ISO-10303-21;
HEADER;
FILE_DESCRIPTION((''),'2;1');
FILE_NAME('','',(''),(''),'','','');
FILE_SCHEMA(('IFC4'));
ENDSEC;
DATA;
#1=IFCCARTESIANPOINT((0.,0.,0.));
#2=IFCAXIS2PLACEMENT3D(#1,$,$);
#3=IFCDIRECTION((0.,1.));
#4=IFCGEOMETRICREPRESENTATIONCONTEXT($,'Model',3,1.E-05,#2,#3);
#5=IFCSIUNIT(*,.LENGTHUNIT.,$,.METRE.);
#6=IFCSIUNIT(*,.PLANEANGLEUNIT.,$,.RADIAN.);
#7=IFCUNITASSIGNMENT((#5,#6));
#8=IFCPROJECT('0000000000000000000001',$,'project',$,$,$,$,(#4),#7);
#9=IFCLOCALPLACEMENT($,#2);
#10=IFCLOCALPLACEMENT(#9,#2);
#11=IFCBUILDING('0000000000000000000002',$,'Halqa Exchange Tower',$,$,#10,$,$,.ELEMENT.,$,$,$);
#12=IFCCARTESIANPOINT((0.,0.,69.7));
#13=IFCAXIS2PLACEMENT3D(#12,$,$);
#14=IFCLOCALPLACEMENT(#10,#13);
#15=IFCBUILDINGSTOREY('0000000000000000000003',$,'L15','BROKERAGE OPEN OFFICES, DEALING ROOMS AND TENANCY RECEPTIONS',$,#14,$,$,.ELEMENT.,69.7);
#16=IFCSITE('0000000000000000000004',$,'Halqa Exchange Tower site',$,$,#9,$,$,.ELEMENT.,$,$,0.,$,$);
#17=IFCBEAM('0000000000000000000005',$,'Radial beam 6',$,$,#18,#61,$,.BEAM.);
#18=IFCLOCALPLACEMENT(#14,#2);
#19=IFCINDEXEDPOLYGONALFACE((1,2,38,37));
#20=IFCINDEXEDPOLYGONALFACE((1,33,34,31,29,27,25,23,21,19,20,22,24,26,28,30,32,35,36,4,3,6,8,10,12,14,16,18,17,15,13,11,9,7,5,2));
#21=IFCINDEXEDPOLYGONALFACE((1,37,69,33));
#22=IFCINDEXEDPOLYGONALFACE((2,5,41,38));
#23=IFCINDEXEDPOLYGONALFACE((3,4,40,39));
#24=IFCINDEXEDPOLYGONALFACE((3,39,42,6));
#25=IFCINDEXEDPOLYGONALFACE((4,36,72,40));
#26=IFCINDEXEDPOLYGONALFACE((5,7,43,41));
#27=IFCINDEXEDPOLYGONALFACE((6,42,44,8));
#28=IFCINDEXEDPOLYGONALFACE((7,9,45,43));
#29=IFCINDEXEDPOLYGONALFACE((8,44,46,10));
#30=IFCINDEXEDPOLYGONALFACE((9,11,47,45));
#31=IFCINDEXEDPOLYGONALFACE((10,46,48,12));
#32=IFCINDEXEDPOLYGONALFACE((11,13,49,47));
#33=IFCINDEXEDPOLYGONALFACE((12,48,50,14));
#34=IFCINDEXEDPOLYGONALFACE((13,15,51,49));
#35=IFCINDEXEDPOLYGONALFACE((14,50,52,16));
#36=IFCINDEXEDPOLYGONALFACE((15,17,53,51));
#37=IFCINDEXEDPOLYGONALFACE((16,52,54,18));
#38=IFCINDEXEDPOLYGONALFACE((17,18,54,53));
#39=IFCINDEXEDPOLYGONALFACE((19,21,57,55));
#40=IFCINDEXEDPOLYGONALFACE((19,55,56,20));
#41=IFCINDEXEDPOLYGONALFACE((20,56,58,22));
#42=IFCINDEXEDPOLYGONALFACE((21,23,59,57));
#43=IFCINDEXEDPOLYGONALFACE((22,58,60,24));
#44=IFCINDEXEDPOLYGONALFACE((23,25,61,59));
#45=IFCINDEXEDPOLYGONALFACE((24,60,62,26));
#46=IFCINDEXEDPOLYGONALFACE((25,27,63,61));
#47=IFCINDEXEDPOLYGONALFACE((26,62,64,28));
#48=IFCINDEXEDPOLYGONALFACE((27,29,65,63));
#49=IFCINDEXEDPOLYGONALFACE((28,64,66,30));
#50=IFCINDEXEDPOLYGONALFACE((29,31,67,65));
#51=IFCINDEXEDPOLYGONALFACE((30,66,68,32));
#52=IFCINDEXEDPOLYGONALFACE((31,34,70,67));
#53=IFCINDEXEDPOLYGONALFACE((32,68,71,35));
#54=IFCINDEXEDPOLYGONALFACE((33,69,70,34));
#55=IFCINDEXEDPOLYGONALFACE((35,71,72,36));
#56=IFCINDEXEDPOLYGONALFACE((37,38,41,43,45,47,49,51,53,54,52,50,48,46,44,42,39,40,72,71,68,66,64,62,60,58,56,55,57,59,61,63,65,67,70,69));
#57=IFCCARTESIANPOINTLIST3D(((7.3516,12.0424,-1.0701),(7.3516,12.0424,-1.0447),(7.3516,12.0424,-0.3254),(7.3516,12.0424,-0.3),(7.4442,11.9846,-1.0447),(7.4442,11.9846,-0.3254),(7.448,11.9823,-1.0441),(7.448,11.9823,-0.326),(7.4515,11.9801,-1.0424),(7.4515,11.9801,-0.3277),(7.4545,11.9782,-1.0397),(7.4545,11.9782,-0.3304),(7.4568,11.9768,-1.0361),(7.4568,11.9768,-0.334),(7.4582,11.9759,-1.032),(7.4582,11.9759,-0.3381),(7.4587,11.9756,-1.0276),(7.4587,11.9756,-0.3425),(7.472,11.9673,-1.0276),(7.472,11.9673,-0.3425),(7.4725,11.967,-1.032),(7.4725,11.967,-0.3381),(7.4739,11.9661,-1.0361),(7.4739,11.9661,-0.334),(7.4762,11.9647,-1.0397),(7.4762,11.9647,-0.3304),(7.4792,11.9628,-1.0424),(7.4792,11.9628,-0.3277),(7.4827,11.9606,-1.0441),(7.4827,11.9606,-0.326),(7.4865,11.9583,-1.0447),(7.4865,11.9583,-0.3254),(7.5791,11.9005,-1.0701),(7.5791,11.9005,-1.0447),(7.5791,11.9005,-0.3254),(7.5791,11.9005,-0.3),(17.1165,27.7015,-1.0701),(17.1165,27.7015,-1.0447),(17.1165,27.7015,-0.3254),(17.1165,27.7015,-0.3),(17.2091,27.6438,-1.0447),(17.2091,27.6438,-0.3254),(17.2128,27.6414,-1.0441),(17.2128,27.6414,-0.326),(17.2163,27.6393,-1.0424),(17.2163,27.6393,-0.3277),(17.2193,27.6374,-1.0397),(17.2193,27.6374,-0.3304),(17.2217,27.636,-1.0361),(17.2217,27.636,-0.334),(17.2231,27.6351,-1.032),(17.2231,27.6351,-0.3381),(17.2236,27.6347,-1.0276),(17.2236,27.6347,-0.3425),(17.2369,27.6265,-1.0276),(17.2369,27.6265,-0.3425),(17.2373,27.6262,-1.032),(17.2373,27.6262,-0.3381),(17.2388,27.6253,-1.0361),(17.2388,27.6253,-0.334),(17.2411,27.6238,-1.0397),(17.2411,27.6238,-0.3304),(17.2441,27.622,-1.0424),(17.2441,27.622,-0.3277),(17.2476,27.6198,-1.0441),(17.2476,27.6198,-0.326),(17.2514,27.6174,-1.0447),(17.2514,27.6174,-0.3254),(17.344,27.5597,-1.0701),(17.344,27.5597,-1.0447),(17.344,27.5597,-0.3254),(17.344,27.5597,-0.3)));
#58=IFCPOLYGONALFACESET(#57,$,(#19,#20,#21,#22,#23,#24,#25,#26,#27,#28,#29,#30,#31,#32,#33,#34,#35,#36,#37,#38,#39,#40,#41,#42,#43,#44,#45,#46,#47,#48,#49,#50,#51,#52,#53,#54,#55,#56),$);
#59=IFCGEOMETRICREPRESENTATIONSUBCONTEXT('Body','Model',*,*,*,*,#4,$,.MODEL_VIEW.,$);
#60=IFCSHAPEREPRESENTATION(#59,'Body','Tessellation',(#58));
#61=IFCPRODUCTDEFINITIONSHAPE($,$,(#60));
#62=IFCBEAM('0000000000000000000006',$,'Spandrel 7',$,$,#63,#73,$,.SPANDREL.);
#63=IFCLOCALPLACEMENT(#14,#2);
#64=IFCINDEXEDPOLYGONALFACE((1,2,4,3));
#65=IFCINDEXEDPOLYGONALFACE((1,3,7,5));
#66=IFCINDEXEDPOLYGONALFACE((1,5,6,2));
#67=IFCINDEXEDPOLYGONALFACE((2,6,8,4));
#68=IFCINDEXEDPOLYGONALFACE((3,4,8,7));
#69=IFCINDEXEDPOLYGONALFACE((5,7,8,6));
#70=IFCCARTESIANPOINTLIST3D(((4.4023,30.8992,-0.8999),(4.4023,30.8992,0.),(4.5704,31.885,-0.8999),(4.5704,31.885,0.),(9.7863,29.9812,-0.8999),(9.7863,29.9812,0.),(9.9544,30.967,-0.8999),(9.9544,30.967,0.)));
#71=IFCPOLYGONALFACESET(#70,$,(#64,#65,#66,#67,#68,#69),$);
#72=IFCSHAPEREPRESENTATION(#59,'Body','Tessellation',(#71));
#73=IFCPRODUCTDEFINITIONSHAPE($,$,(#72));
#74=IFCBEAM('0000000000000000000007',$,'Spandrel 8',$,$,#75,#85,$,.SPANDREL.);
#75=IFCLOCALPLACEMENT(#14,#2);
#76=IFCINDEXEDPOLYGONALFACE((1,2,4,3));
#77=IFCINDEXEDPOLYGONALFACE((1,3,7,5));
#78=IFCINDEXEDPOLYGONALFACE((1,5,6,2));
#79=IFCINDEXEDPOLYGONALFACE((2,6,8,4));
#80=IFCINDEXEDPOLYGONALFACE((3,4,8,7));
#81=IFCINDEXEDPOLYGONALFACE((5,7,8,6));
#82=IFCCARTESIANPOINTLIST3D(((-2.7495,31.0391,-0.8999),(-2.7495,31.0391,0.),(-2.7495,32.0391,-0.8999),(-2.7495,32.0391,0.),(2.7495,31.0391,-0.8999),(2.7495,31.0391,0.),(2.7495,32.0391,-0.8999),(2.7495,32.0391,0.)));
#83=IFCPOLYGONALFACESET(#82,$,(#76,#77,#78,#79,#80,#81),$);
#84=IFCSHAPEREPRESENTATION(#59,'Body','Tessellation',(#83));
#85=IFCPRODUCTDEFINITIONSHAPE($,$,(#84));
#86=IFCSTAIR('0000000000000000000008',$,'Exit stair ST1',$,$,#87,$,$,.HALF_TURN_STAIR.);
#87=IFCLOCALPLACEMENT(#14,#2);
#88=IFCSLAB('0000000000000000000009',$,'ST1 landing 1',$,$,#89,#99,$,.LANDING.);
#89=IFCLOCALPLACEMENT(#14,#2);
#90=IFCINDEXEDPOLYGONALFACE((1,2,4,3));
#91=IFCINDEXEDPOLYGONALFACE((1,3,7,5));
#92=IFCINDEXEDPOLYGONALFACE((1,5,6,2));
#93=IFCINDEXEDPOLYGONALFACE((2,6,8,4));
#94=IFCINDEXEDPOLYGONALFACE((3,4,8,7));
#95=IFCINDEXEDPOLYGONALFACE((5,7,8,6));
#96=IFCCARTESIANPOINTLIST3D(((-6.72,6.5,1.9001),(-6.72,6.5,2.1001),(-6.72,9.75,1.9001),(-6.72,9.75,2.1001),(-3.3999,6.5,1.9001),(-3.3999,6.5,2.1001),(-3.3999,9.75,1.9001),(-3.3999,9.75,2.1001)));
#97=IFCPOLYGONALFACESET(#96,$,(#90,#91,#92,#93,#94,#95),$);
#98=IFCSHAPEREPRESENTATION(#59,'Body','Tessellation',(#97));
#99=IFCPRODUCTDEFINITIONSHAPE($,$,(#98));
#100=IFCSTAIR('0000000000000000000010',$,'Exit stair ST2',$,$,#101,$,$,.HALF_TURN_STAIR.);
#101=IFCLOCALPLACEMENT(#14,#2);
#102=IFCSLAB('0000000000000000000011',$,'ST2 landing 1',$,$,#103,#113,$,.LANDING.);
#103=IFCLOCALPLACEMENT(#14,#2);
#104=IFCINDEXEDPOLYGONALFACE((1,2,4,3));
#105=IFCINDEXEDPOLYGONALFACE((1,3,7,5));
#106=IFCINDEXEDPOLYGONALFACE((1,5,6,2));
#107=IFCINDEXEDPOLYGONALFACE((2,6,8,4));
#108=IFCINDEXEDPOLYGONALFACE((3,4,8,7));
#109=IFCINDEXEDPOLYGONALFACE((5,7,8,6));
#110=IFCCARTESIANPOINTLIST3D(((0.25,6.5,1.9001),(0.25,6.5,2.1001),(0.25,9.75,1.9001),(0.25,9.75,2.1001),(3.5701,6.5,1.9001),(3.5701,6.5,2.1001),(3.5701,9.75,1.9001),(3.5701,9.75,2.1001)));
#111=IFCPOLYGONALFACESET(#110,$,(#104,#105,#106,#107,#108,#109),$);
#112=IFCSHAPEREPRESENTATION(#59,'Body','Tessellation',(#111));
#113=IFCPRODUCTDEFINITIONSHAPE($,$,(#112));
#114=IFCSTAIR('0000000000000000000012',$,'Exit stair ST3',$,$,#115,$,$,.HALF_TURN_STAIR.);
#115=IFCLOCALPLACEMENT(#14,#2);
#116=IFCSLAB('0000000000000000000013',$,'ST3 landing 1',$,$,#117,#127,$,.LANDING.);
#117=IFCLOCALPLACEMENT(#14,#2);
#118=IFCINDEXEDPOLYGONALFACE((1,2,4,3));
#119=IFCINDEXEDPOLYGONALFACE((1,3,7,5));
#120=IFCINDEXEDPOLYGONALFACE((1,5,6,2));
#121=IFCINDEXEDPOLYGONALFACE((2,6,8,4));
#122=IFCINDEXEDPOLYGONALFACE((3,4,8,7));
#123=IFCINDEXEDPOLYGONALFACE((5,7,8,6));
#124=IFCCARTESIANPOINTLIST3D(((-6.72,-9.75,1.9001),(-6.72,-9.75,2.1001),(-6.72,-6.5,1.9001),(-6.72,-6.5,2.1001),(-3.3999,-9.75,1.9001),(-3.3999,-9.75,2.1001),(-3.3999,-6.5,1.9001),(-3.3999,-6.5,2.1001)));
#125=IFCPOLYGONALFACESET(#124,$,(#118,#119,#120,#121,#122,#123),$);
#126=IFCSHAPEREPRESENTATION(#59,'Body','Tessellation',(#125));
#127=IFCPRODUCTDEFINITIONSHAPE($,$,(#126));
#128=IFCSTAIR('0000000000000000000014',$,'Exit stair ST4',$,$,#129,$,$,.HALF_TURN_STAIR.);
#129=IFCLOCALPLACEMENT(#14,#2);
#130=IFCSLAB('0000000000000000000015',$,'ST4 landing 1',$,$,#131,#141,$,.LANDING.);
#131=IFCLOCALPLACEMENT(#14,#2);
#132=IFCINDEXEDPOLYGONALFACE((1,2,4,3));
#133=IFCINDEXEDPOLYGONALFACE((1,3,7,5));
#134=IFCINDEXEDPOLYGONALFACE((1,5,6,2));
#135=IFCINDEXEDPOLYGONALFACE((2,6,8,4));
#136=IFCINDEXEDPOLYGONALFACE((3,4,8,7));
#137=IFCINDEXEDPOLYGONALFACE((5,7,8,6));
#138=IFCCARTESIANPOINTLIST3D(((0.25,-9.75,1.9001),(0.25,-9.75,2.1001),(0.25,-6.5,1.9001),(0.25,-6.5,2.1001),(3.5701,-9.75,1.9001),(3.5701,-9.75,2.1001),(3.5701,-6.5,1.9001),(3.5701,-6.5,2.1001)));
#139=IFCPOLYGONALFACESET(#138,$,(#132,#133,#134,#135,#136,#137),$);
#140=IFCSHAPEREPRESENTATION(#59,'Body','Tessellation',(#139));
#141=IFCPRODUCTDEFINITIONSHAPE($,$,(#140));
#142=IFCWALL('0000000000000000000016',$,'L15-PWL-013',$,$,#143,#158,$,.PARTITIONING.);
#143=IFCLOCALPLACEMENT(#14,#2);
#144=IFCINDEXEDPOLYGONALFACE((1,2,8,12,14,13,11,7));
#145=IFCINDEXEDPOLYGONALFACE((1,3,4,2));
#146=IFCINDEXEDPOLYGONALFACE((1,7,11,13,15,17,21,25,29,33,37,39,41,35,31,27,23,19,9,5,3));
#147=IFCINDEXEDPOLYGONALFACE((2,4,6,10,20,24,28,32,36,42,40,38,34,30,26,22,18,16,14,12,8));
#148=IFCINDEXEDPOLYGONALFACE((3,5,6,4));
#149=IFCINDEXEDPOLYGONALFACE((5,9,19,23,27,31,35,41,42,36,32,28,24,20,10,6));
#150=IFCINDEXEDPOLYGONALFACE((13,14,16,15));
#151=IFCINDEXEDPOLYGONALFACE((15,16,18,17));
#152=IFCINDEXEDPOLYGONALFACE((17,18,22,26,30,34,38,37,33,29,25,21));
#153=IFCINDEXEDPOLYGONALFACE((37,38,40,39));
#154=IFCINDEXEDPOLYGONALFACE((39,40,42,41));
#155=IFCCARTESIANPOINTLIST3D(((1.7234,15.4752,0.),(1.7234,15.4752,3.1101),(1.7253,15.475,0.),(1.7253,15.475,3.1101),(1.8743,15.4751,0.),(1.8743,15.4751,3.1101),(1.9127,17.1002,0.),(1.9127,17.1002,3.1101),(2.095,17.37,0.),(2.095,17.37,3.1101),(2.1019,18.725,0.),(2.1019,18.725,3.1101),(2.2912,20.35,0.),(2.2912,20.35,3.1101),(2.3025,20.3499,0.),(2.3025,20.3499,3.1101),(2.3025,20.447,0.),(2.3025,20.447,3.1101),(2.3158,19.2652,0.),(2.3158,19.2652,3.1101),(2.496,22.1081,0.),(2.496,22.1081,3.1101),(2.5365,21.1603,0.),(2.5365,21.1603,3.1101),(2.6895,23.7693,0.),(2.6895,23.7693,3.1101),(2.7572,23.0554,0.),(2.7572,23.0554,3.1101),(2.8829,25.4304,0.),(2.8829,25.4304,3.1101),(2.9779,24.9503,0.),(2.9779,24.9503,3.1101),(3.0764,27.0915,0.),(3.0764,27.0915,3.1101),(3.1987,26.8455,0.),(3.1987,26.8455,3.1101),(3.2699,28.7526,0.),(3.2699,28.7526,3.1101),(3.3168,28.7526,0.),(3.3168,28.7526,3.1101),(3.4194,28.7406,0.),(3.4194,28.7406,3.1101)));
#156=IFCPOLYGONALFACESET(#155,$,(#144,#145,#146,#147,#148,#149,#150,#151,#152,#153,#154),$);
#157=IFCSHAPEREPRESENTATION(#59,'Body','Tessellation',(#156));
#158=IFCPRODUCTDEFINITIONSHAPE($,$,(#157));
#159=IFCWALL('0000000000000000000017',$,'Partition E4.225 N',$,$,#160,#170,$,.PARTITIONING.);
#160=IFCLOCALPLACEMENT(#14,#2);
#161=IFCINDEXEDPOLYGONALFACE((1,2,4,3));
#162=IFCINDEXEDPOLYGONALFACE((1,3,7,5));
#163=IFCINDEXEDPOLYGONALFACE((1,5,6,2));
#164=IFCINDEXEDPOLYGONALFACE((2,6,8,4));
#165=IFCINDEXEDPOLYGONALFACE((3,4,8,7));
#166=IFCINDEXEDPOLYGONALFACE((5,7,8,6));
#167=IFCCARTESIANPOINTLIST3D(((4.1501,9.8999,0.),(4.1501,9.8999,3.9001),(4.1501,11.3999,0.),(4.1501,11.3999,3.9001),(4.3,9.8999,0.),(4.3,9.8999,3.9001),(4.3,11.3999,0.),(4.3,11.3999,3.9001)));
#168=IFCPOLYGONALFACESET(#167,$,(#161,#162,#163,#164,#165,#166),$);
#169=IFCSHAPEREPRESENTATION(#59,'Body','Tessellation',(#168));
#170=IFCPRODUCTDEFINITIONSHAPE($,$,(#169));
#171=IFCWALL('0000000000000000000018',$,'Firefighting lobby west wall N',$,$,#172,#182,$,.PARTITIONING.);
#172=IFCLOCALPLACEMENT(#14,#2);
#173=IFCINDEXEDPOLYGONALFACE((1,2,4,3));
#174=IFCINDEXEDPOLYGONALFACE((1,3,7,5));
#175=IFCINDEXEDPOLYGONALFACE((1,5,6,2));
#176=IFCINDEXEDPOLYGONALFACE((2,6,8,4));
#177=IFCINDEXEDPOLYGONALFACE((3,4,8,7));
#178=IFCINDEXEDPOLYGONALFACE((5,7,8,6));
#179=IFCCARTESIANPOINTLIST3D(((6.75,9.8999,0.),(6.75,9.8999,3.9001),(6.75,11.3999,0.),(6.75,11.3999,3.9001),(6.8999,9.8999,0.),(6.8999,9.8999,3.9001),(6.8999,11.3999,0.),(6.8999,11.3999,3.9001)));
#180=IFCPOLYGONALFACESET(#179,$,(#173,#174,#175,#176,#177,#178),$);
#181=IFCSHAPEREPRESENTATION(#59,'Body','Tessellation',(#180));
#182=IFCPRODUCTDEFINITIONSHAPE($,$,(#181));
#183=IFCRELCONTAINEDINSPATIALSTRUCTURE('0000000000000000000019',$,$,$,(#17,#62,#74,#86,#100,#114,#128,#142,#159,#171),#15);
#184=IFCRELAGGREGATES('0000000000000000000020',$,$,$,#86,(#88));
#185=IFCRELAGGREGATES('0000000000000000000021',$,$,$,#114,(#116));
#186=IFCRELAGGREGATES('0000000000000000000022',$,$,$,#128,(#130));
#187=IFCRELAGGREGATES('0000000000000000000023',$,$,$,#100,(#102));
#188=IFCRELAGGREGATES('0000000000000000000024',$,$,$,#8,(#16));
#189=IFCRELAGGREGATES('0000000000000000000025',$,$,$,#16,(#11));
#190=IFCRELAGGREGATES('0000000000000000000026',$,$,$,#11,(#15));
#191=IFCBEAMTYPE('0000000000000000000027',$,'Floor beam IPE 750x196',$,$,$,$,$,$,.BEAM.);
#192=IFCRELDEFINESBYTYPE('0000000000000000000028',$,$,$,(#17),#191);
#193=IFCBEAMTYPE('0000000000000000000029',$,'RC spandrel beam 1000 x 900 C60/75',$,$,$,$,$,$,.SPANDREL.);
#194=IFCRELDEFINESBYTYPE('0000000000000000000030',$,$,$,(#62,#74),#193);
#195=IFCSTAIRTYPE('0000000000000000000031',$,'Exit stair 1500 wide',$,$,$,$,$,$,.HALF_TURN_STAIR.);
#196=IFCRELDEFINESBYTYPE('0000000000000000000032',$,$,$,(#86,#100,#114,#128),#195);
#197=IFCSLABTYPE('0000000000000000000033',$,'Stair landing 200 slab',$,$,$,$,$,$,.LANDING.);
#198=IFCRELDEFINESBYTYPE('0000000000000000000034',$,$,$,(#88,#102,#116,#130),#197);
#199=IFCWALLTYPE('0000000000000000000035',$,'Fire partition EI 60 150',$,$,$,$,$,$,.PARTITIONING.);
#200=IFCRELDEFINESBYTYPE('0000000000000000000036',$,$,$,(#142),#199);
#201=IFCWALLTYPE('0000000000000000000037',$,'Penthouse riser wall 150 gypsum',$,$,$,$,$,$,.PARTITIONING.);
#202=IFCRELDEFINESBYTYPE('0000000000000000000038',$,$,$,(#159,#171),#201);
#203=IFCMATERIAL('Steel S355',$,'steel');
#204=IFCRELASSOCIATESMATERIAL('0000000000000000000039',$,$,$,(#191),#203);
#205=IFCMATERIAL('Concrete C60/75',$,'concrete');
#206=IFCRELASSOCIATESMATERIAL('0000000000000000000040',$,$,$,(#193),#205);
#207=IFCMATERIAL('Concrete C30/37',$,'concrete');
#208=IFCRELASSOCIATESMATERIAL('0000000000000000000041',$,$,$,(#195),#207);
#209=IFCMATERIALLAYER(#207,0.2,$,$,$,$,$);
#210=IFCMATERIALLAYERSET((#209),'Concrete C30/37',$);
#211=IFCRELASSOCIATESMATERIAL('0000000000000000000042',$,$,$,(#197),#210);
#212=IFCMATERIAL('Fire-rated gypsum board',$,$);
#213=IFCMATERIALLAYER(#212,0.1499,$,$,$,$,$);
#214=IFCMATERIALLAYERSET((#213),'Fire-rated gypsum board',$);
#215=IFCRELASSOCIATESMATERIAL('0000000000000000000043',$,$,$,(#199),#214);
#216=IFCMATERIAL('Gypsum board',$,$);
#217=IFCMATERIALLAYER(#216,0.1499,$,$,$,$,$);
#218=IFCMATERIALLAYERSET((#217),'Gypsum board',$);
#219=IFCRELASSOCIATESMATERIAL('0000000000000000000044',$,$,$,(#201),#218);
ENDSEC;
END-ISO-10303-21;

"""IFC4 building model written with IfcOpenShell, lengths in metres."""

from ifc_helpers import new_model, si_unit, direction, frame, frame_2d, origin, origin_2d, place, context, subcontext, project, spatial, polyline, rectangle, i_section, outline, extrude, material, layer, layer_set, material_profile, profile_set, type_object, element, aggregate, save


model = new_model("IFC4")

# Units and contexts
model_context = context("Model", 3, precision=1e-05, world=origin(), true_north=direction((0.0, 1.0)))
body_context = subcontext(model_context, "Body", "Model", "MODEL_VIEW")
ifc_project = project(units=[si_unit("LENGTHUNIT", "METRE"), si_unit("PLANEANGLEUNIT", "RADIAN")], contexts=[model_context])

# Site, building, storey
site_placement = place(None, origin())
site = spatial("IfcSite", under=ifc_project, at=site_placement, Name="Halqa Exchange Tower site", CompositionType="ELEMENT", RefElevation=0.0)
building_placement = place(site_placement, origin())
building = spatial("IfcBuilding", under=site, at=building_placement, Name="Halqa Exchange Tower", CompositionType="ELEMENT")
storey_placement = place(building_placement, frame((0.0, 0.0, 69.7)))
storey = spatial("IfcBuildingStorey", under=building, at=storey_placement, Name="L15", Description="BROKERAGE OPEN OFFICES, DEALING ROOMS AND TENANCY RECEPTIONS", CompositionType="ELEMENT", Elevation=69.7)

# Beams
ifc_material_1 = material(Name="Steel S355", Category="steel")
ifc_material_profile_1 = material_profile(ifc_material_1, i_section(OverallWidth=0.2681, OverallDepth=0.77, WebThickness=0.0156, FlangeThickness=0.0254, FilletRadius=0.0171, at=origin_2d()), Name="IPE 750x196")
ifc_profile_set_1 = profile_set([ifc_material_profile_1], Name="Steel S355")
beam_type_1 = type_object("IfcBeamType", Name="Floor beam IPE 750x196", PredefinedType="BEAM", material=ifc_profile_set_1)
beam_1_placement = place(storey_placement, frame((7.4653, 11.9714, -0.6851), z_axis=(0.529138, 0.848536, 0.0), x_axis=(-0.848536, 0.529138, 0.0)))
element("IfcBeam", 1, at=beam_1_placement, inside=storey, type_object=beam_type_1, Name="Radial beam 6", PredefinedType="BEAM", context=body_context, shape_type="SweptSolid", body=[
    extrude(i_section(OverallWidth=0.2681, OverallDepth=0.77, WebThickness=0.0156, FlangeThickness=0.0254, FilletRadius=0.0171, at=origin_2d()), origin(), (0.0, 0.0, 1.0), 18.4543),
])
ifc_material_2 = material(Name="Concrete C60/75", Category="concrete")
ifc_material_profile_2 = material_profile(ifc_material_2, rectangle(XDim=1.0, YDim=0.8999, at=origin_2d()), Name="1000 x 900")
ifc_profile_set_2 = profile_set([ifc_material_profile_2], Name="Concrete C60/75")
beam_type_2 = type_object("IfcBeamType", Name="RC spandrel beam 1000 x 900 C60/75", PredefinedType="SPANDREL", material=ifc_profile_set_2)
beam_2_placement = place(storey_placement, frame((9.8704, 30.4741, -0.45), z_axis=(-0.985775, 0.168073, 0.0), x_axis=(-0.168073, -0.985775, 0.0)))
element("IfcBeam", 2, at=beam_2_placement, inside=storey, type_object=beam_type_2, Name="Spandrel 7", PredefinedType="SPANDREL", context=body_context, shape_type="SweptSolid", body=[
    extrude(rectangle(XDim=1.0, YDim=0.8999, at=origin_2d()), origin(), (0.0, 0.0, 1.0), 5.4617),
])
beam_3_placement = place(storey_placement, frame((2.7495, 31.5391, -0.45), z_axis=(-1.0, 0.0, 0.0), x_axis=(0.0, -1.0, 0.0)))
element("IfcBeam", 3, at=beam_3_placement, inside=storey, type_object=beam_type_2, Name="Spandrel 8", PredefinedType="SPANDREL", context=body_context, shape_type="SweptSolid", body=[
    extrude(rectangle(XDim=1.0, YDim=0.8999, at=origin_2d()), origin(), (0.0, 0.0, 1.0), 5.499),
])

# Stairs, slabs
ifc_material_3 = material(Name="Concrete C30/37", Category="concrete")
stair_type = type_object("IfcStairType", Name="Exit stair 1500 wide", PredefinedType="HALF_TURN_STAIR", material=ifc_material_3)
stair_1_placement = place(storey_placement, origin())
stair_1 = element("IfcStair", 4, at=stair_1_placement, inside=storey, type_object=stair_type, Name="Exit stair ST1", PredefinedType="HALF_TURN_STAIR")
ifc_layer_1 = layer(ifc_material_3, 0.2)
ifc_layer_set_1 = layer_set([ifc_layer_1], Name="Concrete C30/37")
slab_type = type_object("IfcSlabType", Name="Stair landing 200 slab", PredefinedType="LANDING", material=ifc_layer_set_1)
slab_1_placement = place(storey_placement, frame((0.0, 0.0, 1.9001)))
slab_1 = element("IfcSlab", 5, at=slab_1_placement, type_object=slab_type, Name="ST1 landing 1", PredefinedType="LANDING", context=body_context, shape_type="SweptSolid", body=[
    extrude(outline(polyline([(-6.72, 6.5), (-3.3999, 6.5), (-3.3999, 9.75), (-6.72, 9.75), (-6.72, 6.5)])), origin(), (0.0, 0.0, 1.0), 0.2),
])
aggregate(stair_1, [slab_1])
stair_2_placement = place(storey_placement, origin())
stair_2 = element("IfcStair", 6, at=stair_2_placement, inside=storey, type_object=stair_type, Name="Exit stair ST2", PredefinedType="HALF_TURN_STAIR")
slab_2_placement = place(storey_placement, frame((0.0, 0.0, 1.9001)))
slab_2 = element("IfcSlab", 7, at=slab_2_placement, type_object=slab_type, Name="ST2 landing 1", PredefinedType="LANDING", context=body_context, shape_type="SweptSolid", body=[
    extrude(outline(polyline([(0.25, 6.5), (3.5701, 6.5), (3.5701, 9.75), (0.25, 9.75), (0.25, 6.5)])), origin(), (0.0, 0.0, 1.0), 0.2),
])
stair_3_placement = place(storey_placement, origin())
stair_3 = element("IfcStair", 8, at=stair_3_placement, inside=storey, type_object=stair_type, Name="Exit stair ST3", PredefinedType="HALF_TURN_STAIR")
slab_3_placement = place(storey_placement, frame((0.0, 0.0, 1.9001)))
slab_3 = element("IfcSlab", 9, at=slab_3_placement, type_object=slab_type, Name="ST3 landing 1", PredefinedType="LANDING", context=body_context, shape_type="SweptSolid", body=[
    extrude(outline(polyline([(-6.72, -9.75), (-3.3999, -9.75), (-3.3999, -6.5), (-6.72, -6.5), (-6.72, -9.75)])), origin(), (0.0, 0.0, 1.0), 0.2),
])
aggregate(stair_3, [slab_3])
stair_4_placement = place(storey_placement, origin())
stair_4 = element("IfcStair", 10, at=stair_4_placement, inside=storey, type_object=stair_type, Name="Exit stair ST4", PredefinedType="HALF_TURN_STAIR")
slab_4_placement = place(storey_placement, frame((0.0, 0.0, 1.9001)))
slab_4 = element("IfcSlab", 11, at=slab_4_placement, type_object=slab_type, Name="ST4 landing 1", PredefinedType="LANDING", context=body_context, shape_type="SweptSolid", body=[
    extrude(outline(polyline([(0.25, -9.75), (3.5701, -9.75), (3.5701, -6.5), (0.25, -6.5), (0.25, -9.75)])), origin(), (0.0, 0.0, 1.0), 0.2),
])
aggregate(stair_4, [slab_4])

# Walls
ifc_material_4 = material(Name="Fire-rated gypsum board")
ifc_layer_2 = layer(ifc_material_4, 0.1499)
ifc_layer_set_2 = layer_set([ifc_layer_2], Name="Fire-rated gypsum board")
wall_type_1 = type_object("IfcWallType", Name="Fire partition EI 60 150", PredefinedType="PARTITIONING", material=ifc_layer_set_2)
wall_1_placement = place(storey_placement, frame((1.7979, 15.4666, 0.0), z_axis=(0.0, 0.0, 1.0), x_axis=(0.115694, 0.993285, 0.0)))
element("IfcWall", 12, at=wall_1_placement, inside=storey, type_object=wall_type_1, Name="L15-PWL-013", PredefinedType="PARTITIONING", context=body_context, shape_type="SweptSolid", body=[
    extrude(outline(polyline([(13.3726, -0.075), (13.3726, 0.0283), (13.3672, 0.075), (11.6948, 0.075), (10.0225, 0.075), (8.3501, 0.075), (6.6777, 0.075), (5.0054, 0.075), (4.9089, 0.0637), (4.9077, 0.075), (3.2717, 0.075), (1.636, 0.075), (0.0, 0.075), (0.0, 0.073), (0.0173, -0.075), (1.925, -0.075), (3.833, -0.075), (5.741, -0.075), (7.6489, -0.075), (9.5566, -0.075), (11.4646, -0.075), (13.3726, -0.075)])), origin(), (0.0, 0.0, 1.0), 3.1101),
])
ifc_material_5 = material(Name="Gypsum board")
ifc_layer_3 = layer(ifc_material_5, 0.1499)
ifc_layer_set_3 = layer_set([ifc_layer_3], Name="Gypsum board")
wall_type_2 = type_object("IfcWallType", Name="Penthouse riser wall 150 gypsum", PredefinedType="PARTITIONING", material=ifc_layer_set_3)
for number, where, z_axis, x_axis, name in (
    (13, (4.2251, 9.8999, 0.0), (0.0, 0.0, 1.0), (0.0, 1.0, 0.0), "Partition E4.225 N"),
    (14, (6.825, 9.8999, 0.0), (0.0, 0.0, 1.0), (0.0, 1.0, 0.0), "Firefighting lobby west wall N"),
):
    element("IfcWall", number, at=place(storey_placement, frame(where, z_axis=z_axis, x_axis=x_axis)), inside=storey, type_object=wall_type_2, Name=name, PredefinedType="PARTITIONING", context=body_context, shape_type="SweptSolid", body=[
        extrude(rectangle(XDim=1.5, YDim=0.1499, at=frame_2d((0.75, 0.0))), origin(), (0.0, 0.0, 1.0), 3.9001),
    ])

aggregate(stair_2, [slab_2])

save(model, "model.ifc")
